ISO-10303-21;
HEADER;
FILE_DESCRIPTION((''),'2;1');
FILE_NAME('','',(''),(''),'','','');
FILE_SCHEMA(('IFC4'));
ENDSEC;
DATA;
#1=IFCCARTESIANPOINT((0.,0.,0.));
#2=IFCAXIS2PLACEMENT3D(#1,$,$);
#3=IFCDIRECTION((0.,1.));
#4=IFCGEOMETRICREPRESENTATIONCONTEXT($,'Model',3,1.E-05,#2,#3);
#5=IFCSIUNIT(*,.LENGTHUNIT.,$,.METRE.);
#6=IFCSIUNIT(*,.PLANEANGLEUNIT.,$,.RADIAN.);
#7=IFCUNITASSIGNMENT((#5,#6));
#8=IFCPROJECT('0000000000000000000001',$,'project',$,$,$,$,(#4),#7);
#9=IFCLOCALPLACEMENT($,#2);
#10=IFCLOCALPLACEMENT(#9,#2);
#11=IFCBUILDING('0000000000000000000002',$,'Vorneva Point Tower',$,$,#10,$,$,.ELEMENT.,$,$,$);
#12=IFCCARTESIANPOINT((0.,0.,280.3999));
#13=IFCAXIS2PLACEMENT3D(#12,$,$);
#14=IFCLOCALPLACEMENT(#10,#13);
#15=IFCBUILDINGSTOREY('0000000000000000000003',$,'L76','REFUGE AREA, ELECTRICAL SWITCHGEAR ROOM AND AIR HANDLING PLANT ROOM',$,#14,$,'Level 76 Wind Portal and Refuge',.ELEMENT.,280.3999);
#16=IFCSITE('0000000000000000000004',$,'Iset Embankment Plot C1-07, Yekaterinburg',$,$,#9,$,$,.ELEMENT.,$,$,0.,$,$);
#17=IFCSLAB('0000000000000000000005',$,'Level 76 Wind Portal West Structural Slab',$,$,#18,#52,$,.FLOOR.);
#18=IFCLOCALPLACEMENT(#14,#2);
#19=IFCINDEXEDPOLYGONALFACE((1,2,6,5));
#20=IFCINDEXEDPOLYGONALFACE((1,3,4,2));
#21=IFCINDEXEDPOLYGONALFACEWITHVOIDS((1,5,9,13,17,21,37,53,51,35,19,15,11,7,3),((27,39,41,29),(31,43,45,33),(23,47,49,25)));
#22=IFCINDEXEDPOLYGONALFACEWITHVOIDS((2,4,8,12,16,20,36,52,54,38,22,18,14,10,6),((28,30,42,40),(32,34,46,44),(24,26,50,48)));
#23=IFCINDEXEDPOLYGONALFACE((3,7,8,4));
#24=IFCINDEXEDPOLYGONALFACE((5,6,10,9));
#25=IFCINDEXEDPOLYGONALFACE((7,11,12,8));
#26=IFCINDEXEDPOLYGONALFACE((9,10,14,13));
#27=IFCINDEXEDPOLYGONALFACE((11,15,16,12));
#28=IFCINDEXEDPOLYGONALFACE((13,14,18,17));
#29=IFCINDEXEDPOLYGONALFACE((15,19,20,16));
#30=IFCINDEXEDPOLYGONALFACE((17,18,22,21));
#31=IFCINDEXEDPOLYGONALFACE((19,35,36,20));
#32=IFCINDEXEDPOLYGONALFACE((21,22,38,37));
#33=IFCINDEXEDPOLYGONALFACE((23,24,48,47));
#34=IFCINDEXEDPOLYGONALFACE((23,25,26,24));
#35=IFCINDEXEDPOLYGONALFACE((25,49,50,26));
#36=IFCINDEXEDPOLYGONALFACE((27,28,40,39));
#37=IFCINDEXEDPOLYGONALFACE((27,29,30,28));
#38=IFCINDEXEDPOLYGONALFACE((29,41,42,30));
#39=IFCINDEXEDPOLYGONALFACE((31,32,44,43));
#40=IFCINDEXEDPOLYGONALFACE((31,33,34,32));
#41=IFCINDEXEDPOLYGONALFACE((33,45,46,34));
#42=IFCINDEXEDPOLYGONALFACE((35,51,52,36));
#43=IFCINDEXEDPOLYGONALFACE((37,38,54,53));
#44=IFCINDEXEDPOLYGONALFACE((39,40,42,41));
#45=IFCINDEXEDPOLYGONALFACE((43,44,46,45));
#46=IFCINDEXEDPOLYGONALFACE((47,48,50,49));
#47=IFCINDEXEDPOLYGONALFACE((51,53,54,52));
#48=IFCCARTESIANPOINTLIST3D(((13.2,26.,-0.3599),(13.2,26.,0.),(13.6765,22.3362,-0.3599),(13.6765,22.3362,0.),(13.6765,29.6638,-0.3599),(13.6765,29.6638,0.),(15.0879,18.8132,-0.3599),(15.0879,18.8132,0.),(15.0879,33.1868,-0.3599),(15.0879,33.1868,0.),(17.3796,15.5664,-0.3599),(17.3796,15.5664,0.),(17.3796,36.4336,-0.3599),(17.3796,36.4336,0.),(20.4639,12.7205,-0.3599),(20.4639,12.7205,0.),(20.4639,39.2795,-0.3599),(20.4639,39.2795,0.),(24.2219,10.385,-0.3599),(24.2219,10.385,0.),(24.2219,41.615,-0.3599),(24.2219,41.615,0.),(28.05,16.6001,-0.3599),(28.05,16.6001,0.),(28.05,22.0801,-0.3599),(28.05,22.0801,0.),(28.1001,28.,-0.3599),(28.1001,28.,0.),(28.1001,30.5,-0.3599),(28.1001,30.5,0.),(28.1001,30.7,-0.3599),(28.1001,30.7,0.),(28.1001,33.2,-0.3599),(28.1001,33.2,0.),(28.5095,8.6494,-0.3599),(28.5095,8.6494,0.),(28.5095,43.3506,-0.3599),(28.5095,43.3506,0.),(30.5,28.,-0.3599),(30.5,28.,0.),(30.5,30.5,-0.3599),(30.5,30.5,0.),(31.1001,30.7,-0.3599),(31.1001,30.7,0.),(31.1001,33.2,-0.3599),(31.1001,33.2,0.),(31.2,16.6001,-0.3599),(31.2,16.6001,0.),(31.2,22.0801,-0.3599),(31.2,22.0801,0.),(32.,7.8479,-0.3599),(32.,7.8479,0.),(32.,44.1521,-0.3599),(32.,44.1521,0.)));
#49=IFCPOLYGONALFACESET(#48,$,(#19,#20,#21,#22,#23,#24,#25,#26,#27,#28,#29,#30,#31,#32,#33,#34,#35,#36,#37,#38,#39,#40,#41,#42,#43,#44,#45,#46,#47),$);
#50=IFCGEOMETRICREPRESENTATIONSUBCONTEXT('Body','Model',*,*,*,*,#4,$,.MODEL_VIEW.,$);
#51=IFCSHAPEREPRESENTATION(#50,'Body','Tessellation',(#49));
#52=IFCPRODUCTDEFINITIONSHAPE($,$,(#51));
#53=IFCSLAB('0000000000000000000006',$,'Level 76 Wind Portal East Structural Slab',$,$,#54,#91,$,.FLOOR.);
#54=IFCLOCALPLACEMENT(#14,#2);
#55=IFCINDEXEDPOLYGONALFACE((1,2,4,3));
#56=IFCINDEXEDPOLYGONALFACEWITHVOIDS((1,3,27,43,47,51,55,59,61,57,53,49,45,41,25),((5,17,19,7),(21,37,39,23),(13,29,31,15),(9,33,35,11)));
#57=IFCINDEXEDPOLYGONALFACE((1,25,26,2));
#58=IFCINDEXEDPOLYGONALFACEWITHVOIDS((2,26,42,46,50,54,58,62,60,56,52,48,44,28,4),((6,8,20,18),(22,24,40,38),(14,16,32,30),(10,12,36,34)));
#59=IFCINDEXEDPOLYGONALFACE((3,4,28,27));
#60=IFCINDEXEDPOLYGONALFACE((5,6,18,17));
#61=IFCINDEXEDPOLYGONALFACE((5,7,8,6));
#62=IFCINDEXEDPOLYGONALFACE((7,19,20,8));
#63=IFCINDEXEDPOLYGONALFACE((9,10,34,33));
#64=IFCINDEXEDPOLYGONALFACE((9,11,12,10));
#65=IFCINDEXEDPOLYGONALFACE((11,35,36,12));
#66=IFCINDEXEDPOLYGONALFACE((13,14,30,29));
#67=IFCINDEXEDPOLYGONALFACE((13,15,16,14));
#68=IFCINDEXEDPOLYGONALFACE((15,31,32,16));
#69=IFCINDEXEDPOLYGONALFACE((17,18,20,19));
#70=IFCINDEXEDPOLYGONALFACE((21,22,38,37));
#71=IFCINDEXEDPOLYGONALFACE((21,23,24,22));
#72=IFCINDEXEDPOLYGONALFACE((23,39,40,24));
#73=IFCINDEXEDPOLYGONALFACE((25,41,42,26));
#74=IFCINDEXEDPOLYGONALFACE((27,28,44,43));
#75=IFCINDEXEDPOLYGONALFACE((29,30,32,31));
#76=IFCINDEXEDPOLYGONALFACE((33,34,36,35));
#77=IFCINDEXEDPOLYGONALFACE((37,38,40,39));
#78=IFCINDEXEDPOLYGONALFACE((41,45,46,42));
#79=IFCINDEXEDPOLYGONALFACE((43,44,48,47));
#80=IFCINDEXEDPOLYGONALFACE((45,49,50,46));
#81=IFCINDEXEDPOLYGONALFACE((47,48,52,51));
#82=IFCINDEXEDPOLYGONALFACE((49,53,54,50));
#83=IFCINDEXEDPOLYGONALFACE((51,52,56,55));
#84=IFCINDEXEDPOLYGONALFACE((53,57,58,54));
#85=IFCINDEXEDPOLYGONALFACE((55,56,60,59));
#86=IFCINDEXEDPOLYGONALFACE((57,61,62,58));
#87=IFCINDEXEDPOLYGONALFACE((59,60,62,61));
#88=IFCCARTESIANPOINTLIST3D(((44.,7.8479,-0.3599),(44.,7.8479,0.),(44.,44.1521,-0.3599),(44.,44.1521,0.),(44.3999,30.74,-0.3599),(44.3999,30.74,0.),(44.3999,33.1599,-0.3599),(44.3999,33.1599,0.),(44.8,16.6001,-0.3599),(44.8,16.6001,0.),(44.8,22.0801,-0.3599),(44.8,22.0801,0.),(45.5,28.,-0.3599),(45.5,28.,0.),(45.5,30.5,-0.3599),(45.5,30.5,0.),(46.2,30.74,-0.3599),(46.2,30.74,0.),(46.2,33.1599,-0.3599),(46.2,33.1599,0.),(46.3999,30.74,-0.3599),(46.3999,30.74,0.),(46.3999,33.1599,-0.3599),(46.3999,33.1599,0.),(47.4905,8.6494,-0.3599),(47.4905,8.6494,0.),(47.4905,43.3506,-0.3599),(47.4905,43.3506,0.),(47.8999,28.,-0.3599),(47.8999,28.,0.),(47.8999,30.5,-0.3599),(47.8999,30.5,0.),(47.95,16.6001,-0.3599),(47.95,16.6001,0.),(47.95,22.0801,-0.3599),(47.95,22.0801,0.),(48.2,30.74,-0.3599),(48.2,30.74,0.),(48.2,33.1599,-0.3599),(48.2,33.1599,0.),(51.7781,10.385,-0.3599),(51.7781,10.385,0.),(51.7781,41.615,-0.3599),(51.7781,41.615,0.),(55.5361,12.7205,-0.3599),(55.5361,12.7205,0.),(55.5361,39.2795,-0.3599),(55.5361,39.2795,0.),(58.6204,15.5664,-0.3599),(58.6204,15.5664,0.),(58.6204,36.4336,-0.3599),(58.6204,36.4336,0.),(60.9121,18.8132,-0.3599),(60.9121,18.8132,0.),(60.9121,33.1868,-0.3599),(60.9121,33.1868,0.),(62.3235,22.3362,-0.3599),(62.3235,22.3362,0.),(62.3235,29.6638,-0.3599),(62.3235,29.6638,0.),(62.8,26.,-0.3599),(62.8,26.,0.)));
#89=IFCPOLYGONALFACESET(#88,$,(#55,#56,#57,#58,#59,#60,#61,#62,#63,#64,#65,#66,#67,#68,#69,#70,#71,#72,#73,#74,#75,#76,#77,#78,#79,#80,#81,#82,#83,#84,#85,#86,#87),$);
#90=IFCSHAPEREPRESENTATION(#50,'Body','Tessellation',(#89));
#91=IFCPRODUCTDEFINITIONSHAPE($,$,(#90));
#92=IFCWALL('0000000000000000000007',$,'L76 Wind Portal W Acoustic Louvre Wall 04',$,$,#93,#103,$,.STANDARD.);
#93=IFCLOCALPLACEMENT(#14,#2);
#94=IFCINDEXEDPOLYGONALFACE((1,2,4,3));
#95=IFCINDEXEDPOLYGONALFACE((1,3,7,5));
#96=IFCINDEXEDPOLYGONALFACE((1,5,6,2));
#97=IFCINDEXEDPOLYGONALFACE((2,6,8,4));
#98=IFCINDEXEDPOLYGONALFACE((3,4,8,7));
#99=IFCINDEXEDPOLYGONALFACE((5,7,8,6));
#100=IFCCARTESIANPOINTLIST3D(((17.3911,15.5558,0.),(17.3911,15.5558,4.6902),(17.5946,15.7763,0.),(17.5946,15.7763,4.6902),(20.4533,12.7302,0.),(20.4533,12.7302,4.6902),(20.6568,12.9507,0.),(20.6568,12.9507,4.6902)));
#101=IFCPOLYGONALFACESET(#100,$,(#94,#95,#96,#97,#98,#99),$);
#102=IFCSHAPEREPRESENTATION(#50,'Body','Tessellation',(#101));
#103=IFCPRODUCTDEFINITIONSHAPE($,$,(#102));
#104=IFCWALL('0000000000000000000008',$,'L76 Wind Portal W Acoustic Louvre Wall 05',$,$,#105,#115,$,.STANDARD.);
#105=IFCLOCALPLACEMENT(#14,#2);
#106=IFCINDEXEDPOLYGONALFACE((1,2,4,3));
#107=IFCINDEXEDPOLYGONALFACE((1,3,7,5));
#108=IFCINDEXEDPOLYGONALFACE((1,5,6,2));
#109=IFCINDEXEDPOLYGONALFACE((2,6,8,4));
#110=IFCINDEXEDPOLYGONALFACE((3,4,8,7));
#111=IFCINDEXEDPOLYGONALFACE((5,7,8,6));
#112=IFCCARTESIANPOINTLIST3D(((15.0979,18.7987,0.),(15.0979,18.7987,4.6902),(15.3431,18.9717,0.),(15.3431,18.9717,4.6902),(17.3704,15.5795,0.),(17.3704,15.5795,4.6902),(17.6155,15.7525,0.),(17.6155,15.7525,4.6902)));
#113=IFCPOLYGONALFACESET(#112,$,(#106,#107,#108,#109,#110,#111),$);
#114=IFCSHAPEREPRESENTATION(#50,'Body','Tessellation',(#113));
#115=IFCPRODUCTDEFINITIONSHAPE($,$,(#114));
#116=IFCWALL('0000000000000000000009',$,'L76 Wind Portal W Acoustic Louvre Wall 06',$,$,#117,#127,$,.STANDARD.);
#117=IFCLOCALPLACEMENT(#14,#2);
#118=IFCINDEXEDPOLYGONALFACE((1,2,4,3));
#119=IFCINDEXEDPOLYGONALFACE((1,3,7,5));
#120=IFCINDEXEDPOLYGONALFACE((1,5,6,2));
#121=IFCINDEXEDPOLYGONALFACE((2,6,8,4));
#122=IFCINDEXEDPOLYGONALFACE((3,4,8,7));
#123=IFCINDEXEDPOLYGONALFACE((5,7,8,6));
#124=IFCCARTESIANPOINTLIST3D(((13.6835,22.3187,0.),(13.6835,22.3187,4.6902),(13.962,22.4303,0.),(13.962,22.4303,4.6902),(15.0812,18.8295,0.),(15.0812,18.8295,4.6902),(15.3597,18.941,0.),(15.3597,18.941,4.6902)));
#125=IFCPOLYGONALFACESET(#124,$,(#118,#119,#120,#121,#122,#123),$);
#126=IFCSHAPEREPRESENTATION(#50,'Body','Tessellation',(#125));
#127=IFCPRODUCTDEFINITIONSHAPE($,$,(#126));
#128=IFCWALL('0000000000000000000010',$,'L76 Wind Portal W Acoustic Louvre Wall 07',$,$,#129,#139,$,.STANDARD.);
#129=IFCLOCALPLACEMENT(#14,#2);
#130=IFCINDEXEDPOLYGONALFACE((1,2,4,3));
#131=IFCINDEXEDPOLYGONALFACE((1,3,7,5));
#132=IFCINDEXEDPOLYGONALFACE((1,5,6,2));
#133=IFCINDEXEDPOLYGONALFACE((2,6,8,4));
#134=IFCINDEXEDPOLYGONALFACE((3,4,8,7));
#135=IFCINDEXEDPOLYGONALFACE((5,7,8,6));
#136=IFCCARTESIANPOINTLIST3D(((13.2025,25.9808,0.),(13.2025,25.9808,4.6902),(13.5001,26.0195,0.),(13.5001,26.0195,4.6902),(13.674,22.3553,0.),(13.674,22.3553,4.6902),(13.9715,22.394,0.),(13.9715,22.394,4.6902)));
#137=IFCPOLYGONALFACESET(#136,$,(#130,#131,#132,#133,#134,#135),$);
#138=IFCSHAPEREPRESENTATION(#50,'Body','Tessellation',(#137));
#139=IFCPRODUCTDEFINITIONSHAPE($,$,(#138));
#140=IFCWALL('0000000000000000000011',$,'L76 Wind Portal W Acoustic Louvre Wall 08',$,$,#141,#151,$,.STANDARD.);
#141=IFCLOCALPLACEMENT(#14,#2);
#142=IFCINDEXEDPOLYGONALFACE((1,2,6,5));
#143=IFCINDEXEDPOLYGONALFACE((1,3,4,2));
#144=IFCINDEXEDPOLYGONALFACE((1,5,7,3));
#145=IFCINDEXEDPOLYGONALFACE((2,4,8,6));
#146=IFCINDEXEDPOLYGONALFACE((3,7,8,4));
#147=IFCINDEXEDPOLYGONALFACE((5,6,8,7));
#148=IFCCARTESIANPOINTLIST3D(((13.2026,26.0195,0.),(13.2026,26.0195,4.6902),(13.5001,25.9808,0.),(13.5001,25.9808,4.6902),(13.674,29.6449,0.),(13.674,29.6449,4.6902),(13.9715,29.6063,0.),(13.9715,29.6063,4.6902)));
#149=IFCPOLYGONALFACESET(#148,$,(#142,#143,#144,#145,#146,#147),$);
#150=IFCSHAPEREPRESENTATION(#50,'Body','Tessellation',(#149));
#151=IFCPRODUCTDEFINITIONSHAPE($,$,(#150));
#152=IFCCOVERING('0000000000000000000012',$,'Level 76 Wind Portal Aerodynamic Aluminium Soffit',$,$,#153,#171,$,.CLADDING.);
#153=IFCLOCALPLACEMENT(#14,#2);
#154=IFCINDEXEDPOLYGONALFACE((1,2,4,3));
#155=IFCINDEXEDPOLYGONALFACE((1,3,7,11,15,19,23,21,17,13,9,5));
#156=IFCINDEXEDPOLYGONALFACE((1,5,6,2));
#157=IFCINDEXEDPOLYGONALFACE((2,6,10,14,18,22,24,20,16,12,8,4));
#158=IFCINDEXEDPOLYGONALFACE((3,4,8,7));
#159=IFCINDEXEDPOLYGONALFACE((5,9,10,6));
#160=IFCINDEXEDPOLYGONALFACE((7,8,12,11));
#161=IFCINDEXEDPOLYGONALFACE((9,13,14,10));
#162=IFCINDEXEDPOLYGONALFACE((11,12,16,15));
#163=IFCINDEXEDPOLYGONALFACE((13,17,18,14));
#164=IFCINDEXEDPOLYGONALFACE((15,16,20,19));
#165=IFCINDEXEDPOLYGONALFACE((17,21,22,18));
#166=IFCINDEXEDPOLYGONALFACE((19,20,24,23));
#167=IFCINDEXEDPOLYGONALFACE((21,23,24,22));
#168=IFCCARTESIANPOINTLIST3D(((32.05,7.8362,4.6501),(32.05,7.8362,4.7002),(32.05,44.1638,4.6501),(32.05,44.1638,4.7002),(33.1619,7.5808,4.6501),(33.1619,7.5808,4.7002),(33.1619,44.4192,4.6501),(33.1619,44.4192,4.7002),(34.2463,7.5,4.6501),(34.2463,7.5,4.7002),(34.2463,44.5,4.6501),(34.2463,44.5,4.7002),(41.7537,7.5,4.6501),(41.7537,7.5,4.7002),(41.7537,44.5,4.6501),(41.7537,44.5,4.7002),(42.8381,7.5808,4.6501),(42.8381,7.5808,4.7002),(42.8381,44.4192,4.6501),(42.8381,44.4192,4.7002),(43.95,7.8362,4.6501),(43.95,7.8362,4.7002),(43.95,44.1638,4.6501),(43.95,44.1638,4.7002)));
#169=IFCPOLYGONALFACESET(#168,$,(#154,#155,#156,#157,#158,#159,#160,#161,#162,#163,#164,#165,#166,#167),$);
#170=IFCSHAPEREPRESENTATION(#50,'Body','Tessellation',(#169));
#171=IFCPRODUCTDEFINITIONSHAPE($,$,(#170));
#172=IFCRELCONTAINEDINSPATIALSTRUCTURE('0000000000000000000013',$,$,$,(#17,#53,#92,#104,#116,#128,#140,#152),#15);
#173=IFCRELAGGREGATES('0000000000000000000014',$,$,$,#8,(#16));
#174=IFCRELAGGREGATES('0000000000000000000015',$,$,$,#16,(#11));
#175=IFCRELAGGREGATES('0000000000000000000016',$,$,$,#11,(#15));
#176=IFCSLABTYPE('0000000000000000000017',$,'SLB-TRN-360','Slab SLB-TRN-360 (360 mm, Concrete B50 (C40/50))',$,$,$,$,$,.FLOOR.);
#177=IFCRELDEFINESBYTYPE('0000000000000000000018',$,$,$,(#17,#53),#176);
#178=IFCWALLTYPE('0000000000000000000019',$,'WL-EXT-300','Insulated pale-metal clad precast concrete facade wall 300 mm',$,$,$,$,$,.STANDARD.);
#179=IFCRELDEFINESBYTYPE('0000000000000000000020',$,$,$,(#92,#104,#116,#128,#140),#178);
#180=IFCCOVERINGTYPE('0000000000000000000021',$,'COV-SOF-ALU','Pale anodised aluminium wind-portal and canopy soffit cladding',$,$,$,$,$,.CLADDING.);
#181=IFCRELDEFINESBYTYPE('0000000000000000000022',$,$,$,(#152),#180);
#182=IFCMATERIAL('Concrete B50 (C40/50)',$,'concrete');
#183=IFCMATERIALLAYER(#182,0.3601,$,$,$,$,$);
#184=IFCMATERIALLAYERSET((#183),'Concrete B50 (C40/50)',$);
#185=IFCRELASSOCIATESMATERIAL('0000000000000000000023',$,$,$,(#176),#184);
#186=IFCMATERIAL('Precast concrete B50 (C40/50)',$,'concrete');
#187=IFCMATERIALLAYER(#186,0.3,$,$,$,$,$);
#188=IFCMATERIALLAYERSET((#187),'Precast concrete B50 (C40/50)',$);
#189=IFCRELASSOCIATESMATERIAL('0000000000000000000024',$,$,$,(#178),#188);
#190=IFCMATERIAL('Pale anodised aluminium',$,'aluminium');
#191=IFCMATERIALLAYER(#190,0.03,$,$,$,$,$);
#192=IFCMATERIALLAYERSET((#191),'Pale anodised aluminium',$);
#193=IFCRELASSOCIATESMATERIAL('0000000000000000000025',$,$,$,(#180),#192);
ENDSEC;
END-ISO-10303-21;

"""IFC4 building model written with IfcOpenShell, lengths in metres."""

from ifc_helpers import new_model, si_unit, direction, frame, frame_2d, origin, place, context, subcontext, project, spatial, polyline, rectangle, outline, extrude, material, layer, layer_set, type_object, element, save


model = new_model("IFC4")

# Units and contexts
model_context = context("Model", 3, precision=1e-05, world=origin(), true_north=direction((0.0, 1.0)))
body_context = subcontext(model_context, "Body", "Model", "MODEL_VIEW")
ifc_project = project(units=[si_unit("LENGTHUNIT", "METRE"), si_unit("PLANEANGLEUNIT", "RADIAN")], contexts=[model_context])

# Site, building, storey
site_placement = place(None, origin())
site = spatial("IfcSite", under=ifc_project, at=site_placement, Name="Iset Embankment Plot C1-07, Yekaterinburg", CompositionType="ELEMENT", RefElevation=0.0)
building_placement = place(site_placement, origin())
building = spatial("IfcBuilding", under=site, at=building_placement, Name="Vorneva Point Tower", CompositionType="ELEMENT")
storey_placement = place(building_placement, frame((0.0, 0.0, 280.3999)))
storey = spatial("IfcBuildingStorey", under=building, at=storey_placement, Name="L76", Description="REFUGE AREA, ELECTRICAL SWITCHGEAR ROOM AND AIR HANDLING PLANT ROOM", LongName="Level 76 Wind Portal and Refuge", CompositionType="ELEMENT", Elevation=280.3999)

# Shared definitions
ifc_material_1 = material(Name="Concrete B50 (C40/50)", Category="concrete")

# Slabs
ifc_layer_1 = layer(ifc_material_1, 0.3601)
ifc_layer_set_1 = layer_set([ifc_layer_1], Name="Concrete B50 (C40/50)")
slab_type_1 = type_object("IfcSlabType", Name="SLB-TRN-360", Description="Slab SLB-TRN-360 (360 mm, Concrete B50 (C40/50))", PredefinedType="FLOOR", material=ifc_layer_set_1)
slab_1_placement = place(storey_placement, frame((0.0, 0.0, -0.3599)))
element("IfcSlab", 1, at=slab_1_placement, inside=storey, type_object=slab_type_1, Name="Level 76 Wind Portal West Structural Slab", PredefinedType="FLOOR", context=body_context, shape_type="SweptSolid", body=[
    extrude(outline(polyline([(32.0, 7.8479), (32.0, 44.1521), (28.5095, 43.3506), (24.2219, 41.615), (20.4639, 39.2795), (17.3796, 36.4336), (15.0879, 33.1868), (13.6765, 29.6638), (13.2, 26.0), (13.6765, 22.3362), (15.0879, 18.8132), (17.3796, 15.5664), (20.4639, 12.7205), (24.2219, 10.385), (28.5095, 8.6494), (32.0, 7.8479)]), holes=[polyline([(28.1001, 28.0), (30.5, 28.0), (30.5, 30.5), (28.1001, 30.5), (28.1001, 28.0)]), polyline([(28.1001, 30.7), (31.1001, 30.7), (31.1001, 33.2), (28.1001, 33.2), (28.1001, 30.7)]), polyline([(28.05, 16.6001), (31.2, 16.6001), (31.2, 22.0801), (28.05, 22.0801), (28.05, 16.6001)])]), origin(), (0.0, 0.0, 1.0), 0.3599),
])
slab_2_placement = place(storey_placement, frame((0.0, 0.0, -0.3599)))
element("IfcSlab", 2, at=slab_2_placement, inside=storey, type_object=slab_type_1, Name="Level 76 Wind Portal East Structural Slab", PredefinedType="FLOOR", context=body_context, shape_type="SweptSolid", body=[
    extrude(outline(polyline([(44.0, 44.1521), (44.0, 7.8479), (47.4905, 8.6494), (51.7781, 10.385), (55.5361, 12.7205), (58.6204, 15.5664), (60.9121, 18.8132), (62.3235, 22.3362), (62.8, 26.0), (62.3235, 29.6638), (60.9121, 33.1868), (58.6204, 36.4336), (55.5361, 39.2795), (51.7781, 41.615), (47.4905, 43.3506), (44.0, 44.1521)]), holes=[polyline([(44.3999, 30.74), (46.2, 30.74), (46.2, 33.1599), (44.3999, 33.1599), (44.3999, 30.74)]), polyline([(46.3999, 30.74), (48.2, 30.74), (48.2, 33.1599), (46.3999, 33.1599), (46.3999, 30.74)]), polyline([(45.5, 28.0), (47.8999, 28.0), (47.8999, 30.5), (45.5, 30.5), (45.5, 28.0)]), polyline([(44.8, 16.6001), (47.95, 16.6001), (47.95, 22.0801), (44.8, 22.0801), (44.8, 16.6001)])]), origin(), (0.0, 0.0, 1.0), 0.3599),
])

# Walls
ifc_material_2 = material(Name="Precast concrete B50 (C40/50)", Category="concrete")
ifc_layer_2 = layer(ifc_material_2, 0.3)
ifc_layer_set_2 = layer_set([ifc_layer_2], Name="Precast concrete B50 (C40/50)")
wall_type = type_object("IfcWallType", Name="WL-EXT-300", Description="Insulated pale-metal clad precast concrete facade wall 300 mm", PredefinedType="STANDARD", material=ifc_layer_set_2)
wall_1_placement = place(storey_placement, frame((20.5552, 12.8403, 0.0), z_axis=(0.0, 0.0, 1.0), x_axis=(-0.734925, 0.678149, 0.0)))
element("IfcWall", 3, at=wall_1_placement, inside=storey, type_object=wall_type, Name="L76 Wind Portal W Acoustic Louvre Wall 04", PredefinedType="STANDARD", context=body_context, shape_type="SweptSolid", body=[
    extrude(rectangle(XDim=4.1667, YDim=0.3, at=frame_2d((2.0835, 0.0))), origin(), (0.0, 0.0, 1.0), 4.6902),
])
wall_2_placement = place(storey_placement, frame((17.4929, 15.666, 0.0), z_axis=(0.0, 0.0, 1.0), x_axis=(-0.576693, 0.816961, 0.0)))
element("IfcWall", 4, at=wall_2_placement, inside=storey, type_object=wall_type, Name="L76 Wind Portal W Acoustic Louvre Wall 05", PredefinedType="STANDARD", context=body_context, shape_type="SweptSolid", body=[
    extrude(rectangle(XDim=3.9404, YDim=0.3, at=frame_2d((1.9702, 0.0))), origin(), (0.0, 0.0, 1.0), 4.6902),
])
wall_3_placement = place(storey_placement, frame((15.2205, 18.8853, 0.0), z_axis=(0.0, 0.0, 1.0), x_axis=(-0.37185, 0.928293, 0.0)))
element("IfcWall", 5, at=wall_3_placement, inside=storey, type_object=wall_type, Name="L76 Wind Portal W Acoustic Louvre Wall 06", PredefinedType="STANDARD", context=body_context, shape_type="SweptSolid", body=[
    extrude(rectangle(XDim=3.7588, YDim=0.3, at=frame_2d((1.8794, 0.0))), origin(), (0.0, 0.0, 1.0), 4.6902),
])
for number, where, z_axis, x_axis, name in (
    (6, (13.8228, 22.3745, 0.0), (0.0, 0.0, 1.0), (-0.128948, 0.991651, 0.0), "L76 Wind Portal W Acoustic Louvre Wall 07"),
    (7, (13.3513, 26.0, 0.0), (0.0, 0.0, 1.0), (0.128948, 0.991651, 0.0), "L76 Wind Portal W Acoustic Louvre Wall 08"),
):
    element("IfcWall", number, at=place(storey_placement, frame(where, z_axis=z_axis, x_axis=x_axis)), inside=storey, type_object=wall_type, Name=name, PredefinedType="STANDARD", context=body_context, shape_type="SweptSolid", body=[
        extrude(rectangle(XDim=3.656, YDim=0.3, at=frame_2d((1.8281, 0.0))), origin(), (0.0, 0.0, 1.0), 4.6902),
    ])

# Covering
ifc_material_3 = material(Name="Pale anodised aluminium", Category="aluminium")
ifc_layer_3 = layer(ifc_material_3, 0.03)
ifc_layer_set_3 = layer_set([ifc_layer_3], Name="Pale anodised aluminium")
covering_type = type_object("IfcCoveringType", Name="COV-SOF-ALU", Description="Pale anodised aluminium wind-portal and canopy soffit cladding", PredefinedType="CLADDING", material=ifc_layer_set_3)
covering_placement = place(storey_placement, frame((0.0, 0.0, 4.6501)))
element("IfcCovering", 8, at=covering_placement, inside=storey, type_object=covering_type, Name="Level 76 Wind Portal Aerodynamic Aluminium Soffit", PredefinedType="CLADDING", context=body_context, shape_type="SweptSolid", body=[
    extrude(outline(polyline([(42.8381, 44.4192), (43.95, 44.1638), (43.95, 7.8362), (42.8381, 7.5808), (41.7537, 7.5), (34.2463, 7.5), (33.1619, 7.5808), (32.05, 7.8362), (32.05, 44.1638), (33.1619, 44.4192), (34.2463, 44.5), (41.7537, 44.5), (42.8381, 44.4192)])), origin(), (0.0, 0.0, 1.0), 0.05),
])

save(model, "model.ifc")
